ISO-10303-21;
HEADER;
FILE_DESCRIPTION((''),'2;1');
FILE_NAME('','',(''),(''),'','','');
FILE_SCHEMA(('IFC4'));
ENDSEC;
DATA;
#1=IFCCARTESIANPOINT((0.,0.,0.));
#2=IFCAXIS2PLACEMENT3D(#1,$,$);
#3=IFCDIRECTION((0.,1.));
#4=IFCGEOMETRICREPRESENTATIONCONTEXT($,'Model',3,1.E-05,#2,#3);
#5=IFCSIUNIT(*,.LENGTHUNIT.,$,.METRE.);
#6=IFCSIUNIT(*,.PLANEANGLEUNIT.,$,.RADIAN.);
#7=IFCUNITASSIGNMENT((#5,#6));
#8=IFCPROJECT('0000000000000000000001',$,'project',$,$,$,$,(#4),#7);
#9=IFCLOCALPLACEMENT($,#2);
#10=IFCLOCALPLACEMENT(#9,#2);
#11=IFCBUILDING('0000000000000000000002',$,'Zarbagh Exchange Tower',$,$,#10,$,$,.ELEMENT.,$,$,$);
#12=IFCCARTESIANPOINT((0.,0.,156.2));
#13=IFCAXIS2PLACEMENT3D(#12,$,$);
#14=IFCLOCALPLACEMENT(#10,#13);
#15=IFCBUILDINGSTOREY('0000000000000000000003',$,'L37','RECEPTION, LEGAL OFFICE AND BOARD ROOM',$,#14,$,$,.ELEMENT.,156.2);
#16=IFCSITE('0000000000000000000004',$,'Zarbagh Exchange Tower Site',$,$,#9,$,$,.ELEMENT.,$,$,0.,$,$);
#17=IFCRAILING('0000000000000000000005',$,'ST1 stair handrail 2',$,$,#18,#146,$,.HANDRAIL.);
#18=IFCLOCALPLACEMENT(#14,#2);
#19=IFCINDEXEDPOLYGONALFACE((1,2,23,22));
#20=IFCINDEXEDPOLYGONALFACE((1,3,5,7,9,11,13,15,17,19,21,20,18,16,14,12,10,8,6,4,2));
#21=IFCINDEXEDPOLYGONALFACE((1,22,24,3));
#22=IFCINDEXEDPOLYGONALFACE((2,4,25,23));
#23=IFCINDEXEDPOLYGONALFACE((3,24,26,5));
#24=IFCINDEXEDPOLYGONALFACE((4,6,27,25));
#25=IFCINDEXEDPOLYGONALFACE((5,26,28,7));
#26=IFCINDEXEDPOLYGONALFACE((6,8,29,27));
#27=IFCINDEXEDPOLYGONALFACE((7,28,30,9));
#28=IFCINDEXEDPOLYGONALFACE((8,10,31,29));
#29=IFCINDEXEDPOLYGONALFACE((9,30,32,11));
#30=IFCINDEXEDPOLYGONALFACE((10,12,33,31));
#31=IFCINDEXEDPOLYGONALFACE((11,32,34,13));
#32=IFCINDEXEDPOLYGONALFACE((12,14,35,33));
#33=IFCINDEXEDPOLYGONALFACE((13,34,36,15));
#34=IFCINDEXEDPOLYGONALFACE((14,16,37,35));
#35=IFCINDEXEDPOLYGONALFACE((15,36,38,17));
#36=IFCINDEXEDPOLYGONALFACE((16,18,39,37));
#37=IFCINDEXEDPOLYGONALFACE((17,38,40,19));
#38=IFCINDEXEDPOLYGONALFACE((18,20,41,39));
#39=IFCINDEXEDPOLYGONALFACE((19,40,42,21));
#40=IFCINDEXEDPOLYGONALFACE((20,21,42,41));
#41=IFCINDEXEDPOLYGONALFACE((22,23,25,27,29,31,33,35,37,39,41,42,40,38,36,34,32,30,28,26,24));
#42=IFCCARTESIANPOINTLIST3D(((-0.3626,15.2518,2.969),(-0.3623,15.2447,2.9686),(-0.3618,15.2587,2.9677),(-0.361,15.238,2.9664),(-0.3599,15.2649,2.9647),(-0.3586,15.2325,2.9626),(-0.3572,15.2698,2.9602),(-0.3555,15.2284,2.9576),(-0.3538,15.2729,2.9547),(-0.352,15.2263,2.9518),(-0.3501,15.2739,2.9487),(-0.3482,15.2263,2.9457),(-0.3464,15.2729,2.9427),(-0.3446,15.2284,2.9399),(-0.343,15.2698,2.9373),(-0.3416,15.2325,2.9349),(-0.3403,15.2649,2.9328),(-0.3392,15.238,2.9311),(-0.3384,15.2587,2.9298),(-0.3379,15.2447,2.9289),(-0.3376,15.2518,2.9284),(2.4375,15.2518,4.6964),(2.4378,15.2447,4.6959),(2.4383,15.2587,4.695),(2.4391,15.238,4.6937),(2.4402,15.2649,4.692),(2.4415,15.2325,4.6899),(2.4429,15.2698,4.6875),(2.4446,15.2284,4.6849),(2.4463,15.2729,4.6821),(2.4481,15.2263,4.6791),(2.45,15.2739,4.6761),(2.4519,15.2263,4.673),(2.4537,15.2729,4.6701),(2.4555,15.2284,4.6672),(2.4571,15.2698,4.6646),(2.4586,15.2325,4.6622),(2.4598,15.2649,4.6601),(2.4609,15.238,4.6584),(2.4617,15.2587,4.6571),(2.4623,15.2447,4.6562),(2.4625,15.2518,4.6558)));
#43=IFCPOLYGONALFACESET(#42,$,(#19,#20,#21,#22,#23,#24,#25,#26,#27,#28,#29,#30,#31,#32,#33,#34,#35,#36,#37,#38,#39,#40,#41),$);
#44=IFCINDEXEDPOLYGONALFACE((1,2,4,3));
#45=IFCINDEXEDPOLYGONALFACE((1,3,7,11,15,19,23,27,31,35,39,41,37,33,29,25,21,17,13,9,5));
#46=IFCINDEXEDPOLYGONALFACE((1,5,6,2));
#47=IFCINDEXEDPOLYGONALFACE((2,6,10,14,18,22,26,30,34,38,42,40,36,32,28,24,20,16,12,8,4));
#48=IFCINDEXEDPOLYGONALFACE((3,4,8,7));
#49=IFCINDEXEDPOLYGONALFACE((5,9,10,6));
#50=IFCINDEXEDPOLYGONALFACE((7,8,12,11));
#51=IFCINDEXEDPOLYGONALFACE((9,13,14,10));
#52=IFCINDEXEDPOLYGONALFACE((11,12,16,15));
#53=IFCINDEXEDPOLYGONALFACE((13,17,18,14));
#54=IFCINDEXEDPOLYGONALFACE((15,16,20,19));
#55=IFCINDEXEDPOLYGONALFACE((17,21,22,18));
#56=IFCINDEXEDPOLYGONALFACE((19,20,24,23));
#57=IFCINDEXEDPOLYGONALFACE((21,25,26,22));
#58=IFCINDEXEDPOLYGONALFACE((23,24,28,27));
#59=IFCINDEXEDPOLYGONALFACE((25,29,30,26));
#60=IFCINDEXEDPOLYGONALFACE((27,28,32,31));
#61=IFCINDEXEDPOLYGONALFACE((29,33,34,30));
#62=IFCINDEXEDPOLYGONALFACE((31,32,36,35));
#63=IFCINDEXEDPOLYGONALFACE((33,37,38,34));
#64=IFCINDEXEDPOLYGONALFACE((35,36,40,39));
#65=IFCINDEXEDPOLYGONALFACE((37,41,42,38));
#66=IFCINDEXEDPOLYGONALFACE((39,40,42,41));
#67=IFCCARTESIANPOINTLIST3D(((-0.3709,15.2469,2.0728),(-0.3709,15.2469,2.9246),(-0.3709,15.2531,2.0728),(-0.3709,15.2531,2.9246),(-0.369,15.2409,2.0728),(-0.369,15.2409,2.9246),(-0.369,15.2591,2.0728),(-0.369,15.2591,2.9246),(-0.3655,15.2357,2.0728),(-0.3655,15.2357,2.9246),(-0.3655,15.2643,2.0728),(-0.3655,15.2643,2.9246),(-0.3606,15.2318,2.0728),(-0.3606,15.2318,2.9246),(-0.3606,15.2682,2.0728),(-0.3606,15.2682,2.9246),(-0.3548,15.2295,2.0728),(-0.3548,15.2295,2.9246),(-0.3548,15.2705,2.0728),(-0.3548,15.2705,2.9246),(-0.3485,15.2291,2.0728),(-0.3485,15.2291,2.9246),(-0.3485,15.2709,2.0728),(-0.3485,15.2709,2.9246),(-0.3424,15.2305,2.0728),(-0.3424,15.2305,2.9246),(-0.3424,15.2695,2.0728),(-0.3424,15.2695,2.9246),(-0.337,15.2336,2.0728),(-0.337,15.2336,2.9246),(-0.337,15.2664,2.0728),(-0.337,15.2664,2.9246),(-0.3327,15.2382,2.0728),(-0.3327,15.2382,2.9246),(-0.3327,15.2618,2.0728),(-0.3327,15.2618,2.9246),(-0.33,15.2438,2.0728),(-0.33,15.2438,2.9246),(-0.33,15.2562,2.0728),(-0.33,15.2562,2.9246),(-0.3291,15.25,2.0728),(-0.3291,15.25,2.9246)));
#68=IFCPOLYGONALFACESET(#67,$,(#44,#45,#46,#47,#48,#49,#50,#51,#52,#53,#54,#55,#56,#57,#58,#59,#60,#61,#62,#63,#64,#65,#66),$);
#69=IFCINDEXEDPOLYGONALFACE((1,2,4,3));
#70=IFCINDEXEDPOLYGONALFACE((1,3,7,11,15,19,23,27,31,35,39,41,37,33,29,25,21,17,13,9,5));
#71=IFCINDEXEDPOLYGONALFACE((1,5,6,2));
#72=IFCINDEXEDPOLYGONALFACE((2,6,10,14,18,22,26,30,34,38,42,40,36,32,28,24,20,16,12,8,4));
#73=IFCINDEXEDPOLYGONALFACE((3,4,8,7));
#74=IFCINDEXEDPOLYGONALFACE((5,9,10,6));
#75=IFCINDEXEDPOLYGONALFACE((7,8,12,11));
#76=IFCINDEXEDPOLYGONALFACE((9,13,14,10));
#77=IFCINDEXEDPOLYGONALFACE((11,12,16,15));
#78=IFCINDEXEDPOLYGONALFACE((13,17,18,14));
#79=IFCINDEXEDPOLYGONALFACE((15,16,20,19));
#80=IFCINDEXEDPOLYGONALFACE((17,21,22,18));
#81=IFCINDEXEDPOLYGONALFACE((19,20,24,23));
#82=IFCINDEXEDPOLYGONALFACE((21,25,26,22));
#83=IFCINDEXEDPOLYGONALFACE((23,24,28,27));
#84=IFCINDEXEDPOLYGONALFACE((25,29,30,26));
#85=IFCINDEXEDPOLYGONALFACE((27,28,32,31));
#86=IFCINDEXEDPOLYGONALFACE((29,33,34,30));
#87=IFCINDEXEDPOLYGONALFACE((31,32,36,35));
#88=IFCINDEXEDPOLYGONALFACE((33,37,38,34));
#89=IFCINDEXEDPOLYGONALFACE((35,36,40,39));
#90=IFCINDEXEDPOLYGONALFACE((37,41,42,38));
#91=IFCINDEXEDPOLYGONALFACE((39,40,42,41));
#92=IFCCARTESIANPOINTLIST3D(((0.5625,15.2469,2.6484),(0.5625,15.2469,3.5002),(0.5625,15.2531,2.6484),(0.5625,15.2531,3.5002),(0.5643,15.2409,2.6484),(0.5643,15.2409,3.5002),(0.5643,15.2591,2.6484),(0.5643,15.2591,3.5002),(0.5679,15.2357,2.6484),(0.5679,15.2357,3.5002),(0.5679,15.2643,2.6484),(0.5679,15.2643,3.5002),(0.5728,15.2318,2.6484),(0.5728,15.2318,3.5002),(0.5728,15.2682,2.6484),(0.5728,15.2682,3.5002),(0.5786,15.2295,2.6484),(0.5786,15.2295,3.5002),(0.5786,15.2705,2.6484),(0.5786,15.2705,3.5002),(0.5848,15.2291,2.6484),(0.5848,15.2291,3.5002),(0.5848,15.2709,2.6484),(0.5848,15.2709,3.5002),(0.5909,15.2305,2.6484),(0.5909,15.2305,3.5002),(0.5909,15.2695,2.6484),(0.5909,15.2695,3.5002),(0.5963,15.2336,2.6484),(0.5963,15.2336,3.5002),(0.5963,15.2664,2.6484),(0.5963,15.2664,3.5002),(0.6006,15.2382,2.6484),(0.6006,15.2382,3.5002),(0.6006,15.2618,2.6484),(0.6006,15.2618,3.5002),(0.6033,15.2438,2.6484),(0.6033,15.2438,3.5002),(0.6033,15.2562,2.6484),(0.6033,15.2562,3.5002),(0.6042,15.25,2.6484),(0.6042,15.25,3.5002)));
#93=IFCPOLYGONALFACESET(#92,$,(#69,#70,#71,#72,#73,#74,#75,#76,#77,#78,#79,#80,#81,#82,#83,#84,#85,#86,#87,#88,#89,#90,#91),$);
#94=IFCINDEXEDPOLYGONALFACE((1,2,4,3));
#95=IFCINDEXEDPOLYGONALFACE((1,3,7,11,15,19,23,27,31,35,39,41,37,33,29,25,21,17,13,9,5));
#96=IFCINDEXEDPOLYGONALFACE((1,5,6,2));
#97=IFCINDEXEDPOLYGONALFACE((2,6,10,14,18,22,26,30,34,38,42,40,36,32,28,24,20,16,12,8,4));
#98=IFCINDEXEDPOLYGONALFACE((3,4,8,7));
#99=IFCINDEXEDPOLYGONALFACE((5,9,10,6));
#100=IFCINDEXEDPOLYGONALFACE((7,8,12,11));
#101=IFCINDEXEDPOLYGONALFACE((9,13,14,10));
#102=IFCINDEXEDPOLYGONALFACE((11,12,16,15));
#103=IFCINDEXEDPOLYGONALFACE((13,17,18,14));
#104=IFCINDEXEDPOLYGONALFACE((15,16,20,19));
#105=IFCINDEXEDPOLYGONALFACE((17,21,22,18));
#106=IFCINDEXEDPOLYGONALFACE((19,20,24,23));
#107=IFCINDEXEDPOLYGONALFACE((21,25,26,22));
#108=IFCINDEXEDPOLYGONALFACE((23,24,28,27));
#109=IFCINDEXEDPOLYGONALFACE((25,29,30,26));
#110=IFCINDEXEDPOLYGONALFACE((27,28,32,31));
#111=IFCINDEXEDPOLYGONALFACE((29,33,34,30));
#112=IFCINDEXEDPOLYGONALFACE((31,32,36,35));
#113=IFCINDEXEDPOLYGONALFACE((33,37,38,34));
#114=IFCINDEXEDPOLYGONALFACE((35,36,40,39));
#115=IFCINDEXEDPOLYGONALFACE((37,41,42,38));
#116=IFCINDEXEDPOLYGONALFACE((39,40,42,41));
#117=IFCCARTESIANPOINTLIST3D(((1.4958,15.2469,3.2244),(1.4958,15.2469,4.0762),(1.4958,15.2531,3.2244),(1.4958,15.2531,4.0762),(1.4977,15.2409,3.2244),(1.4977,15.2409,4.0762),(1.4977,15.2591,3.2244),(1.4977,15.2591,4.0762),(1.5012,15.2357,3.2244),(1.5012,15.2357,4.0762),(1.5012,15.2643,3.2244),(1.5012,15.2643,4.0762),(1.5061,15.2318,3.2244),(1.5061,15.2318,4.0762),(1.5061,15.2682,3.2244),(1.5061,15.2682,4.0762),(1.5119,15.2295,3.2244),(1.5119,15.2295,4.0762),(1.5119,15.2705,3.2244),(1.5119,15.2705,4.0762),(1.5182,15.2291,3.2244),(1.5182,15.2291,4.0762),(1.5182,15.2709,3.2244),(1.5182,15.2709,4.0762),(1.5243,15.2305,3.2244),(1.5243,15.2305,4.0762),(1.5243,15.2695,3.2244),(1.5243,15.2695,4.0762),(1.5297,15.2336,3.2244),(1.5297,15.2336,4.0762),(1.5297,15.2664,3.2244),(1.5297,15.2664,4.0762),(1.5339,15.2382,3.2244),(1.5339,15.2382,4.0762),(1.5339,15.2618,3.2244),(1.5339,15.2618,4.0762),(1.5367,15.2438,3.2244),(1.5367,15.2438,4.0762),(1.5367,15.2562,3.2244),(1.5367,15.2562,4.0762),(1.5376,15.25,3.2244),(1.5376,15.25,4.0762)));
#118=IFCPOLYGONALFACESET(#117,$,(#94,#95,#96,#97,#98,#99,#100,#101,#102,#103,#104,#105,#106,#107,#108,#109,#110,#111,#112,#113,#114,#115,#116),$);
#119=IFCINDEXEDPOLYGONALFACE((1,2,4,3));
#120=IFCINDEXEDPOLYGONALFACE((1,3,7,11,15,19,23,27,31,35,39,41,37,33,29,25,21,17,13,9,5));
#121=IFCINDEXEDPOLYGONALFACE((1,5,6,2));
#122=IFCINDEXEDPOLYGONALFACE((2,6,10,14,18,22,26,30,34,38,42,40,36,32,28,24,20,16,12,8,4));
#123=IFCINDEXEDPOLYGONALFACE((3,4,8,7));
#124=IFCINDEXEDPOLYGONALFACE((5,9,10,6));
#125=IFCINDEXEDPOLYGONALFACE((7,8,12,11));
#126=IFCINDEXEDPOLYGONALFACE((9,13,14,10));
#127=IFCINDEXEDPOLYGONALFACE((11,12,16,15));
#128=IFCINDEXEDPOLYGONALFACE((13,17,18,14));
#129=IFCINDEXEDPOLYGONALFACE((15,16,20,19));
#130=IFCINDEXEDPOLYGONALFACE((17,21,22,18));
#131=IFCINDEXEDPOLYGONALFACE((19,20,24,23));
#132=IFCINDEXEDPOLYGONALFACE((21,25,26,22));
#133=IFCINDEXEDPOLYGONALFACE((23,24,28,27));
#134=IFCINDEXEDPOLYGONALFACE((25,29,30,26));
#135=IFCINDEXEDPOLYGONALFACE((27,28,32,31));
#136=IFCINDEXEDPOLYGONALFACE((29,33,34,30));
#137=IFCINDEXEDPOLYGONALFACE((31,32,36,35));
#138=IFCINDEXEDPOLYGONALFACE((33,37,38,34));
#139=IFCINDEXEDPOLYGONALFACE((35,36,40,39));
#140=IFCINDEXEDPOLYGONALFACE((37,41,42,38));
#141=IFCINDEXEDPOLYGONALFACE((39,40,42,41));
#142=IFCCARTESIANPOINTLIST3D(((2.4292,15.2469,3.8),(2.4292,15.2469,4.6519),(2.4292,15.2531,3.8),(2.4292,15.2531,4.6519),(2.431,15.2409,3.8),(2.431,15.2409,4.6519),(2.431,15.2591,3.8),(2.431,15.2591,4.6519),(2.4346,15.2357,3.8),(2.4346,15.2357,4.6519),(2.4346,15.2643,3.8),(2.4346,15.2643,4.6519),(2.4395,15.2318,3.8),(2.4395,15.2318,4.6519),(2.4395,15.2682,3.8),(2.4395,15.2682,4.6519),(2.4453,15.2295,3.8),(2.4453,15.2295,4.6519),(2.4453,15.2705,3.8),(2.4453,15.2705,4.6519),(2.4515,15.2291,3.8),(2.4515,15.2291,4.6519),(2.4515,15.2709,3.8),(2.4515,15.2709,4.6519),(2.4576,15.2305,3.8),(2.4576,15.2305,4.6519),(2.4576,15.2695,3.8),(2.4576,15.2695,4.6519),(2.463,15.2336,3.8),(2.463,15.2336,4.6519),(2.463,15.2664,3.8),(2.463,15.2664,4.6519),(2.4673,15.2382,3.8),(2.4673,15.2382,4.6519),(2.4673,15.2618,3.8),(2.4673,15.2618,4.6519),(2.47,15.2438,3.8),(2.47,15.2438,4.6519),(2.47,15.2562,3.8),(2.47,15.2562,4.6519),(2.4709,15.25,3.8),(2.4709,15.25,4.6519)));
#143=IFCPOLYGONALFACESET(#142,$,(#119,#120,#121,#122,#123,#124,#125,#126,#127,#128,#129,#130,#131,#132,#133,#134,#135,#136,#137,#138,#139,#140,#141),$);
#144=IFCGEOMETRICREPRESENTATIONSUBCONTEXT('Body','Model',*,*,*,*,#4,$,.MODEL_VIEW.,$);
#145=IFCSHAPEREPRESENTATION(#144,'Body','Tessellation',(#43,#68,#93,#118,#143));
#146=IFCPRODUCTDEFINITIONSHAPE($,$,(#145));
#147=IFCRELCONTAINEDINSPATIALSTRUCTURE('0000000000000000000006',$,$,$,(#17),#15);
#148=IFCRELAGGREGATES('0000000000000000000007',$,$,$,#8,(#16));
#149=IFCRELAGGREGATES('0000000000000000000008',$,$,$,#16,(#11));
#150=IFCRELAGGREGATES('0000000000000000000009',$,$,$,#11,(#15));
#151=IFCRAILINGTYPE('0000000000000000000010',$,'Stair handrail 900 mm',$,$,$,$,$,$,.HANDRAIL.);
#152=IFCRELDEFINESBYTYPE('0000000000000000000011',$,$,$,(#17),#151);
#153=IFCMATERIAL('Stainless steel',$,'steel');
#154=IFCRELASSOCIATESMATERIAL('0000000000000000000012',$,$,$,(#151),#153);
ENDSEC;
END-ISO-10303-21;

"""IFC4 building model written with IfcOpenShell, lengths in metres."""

from ifc_helpers import new_model, si_unit, direction, frame, origin, origin_2d, place, context, subcontext, project, spatial, circle, extrude, material, type_object, element, save


model = new_model("IFC4")

# Units and contexts
model_context = context("Model", 3, precision=1e-05, world=origin(), true_north=direction((0.0, 1.0)))
body_context = subcontext(model_context, "Body", "Model", "MODEL_VIEW")
ifc_project = project(units=[si_unit("LENGTHUNIT", "METRE"), si_unit("PLANEANGLEUNIT", "RADIAN")], contexts=[model_context])

# Site, building, storey
site_placement = place(None, origin())
site = spatial("IfcSite", under=ifc_project, at=site_placement, Name="Zarbagh Exchange Tower Site", CompositionType="ELEMENT", RefElevation=0.0)
building_placement = place(site_placement, origin())
building = spatial("IfcBuilding", under=site, at=building_placement, Name="Zarbagh Exchange Tower", CompositionType="ELEMENT")
storey_placement = place(building_placement, frame((0.0, 0.0, 156.2)))
storey = spatial("IfcBuildingStorey", under=building, at=storey_placement, Name="L37", Description="RECEPTION, LEGAL OFFICE AND BOARD ROOM", CompositionType="ELEMENT", Elevation=156.2)

# Railing
ifc_material_1 = material(Name="Stainless steel", Category="steel")
railing_type_1 = type_object("IfcRailingType", Name="Stair handrail 900 mm", PredefinedType="HANDRAIL", material=ifc_material_1)
railing_1_placement = place(storey_placement, frame((-0.3501, 15.25, 2.0728)))
element("IfcRailing", 1, at=railing_1_placement, inside=storey, type_object=railing_type_1, Name="ST1 stair handrail 2", PredefinedType="HANDRAIL", context=body_context, shape_type="SweptSolid", body=[
    extrude(circle(Radius=0.0239, at=origin_2d()), frame((0.0, 0.0, 0.876), z_axis=(0.85109, 0.0, 0.52502), x_axis=(0.0, 1.0, 0.0)), (0.0, 0.0, 1.0), 3.29),
    extrude(circle(Radius=0.021, at=origin_2d()), origin(), (0.0, 0.0, 1.0), 0.8518),
    extrude(circle(Radius=0.021, at=origin_2d()), frame((0.9333, 0.0, 0.5757)), (0.0, 0.0, 1.0), 0.8518),
    extrude(circle(Radius=0.021, at=origin_2d()), frame((1.8667, 0.0, 1.1516)), (0.0, 0.0, 1.0), 0.8518),
    extrude(circle(Radius=0.021, at=origin_2d()), frame((2.8, 0.0, 1.7273)), (0.0, 0.0, 1.0), 0.8518),
])

save(model, "model.ifc")
